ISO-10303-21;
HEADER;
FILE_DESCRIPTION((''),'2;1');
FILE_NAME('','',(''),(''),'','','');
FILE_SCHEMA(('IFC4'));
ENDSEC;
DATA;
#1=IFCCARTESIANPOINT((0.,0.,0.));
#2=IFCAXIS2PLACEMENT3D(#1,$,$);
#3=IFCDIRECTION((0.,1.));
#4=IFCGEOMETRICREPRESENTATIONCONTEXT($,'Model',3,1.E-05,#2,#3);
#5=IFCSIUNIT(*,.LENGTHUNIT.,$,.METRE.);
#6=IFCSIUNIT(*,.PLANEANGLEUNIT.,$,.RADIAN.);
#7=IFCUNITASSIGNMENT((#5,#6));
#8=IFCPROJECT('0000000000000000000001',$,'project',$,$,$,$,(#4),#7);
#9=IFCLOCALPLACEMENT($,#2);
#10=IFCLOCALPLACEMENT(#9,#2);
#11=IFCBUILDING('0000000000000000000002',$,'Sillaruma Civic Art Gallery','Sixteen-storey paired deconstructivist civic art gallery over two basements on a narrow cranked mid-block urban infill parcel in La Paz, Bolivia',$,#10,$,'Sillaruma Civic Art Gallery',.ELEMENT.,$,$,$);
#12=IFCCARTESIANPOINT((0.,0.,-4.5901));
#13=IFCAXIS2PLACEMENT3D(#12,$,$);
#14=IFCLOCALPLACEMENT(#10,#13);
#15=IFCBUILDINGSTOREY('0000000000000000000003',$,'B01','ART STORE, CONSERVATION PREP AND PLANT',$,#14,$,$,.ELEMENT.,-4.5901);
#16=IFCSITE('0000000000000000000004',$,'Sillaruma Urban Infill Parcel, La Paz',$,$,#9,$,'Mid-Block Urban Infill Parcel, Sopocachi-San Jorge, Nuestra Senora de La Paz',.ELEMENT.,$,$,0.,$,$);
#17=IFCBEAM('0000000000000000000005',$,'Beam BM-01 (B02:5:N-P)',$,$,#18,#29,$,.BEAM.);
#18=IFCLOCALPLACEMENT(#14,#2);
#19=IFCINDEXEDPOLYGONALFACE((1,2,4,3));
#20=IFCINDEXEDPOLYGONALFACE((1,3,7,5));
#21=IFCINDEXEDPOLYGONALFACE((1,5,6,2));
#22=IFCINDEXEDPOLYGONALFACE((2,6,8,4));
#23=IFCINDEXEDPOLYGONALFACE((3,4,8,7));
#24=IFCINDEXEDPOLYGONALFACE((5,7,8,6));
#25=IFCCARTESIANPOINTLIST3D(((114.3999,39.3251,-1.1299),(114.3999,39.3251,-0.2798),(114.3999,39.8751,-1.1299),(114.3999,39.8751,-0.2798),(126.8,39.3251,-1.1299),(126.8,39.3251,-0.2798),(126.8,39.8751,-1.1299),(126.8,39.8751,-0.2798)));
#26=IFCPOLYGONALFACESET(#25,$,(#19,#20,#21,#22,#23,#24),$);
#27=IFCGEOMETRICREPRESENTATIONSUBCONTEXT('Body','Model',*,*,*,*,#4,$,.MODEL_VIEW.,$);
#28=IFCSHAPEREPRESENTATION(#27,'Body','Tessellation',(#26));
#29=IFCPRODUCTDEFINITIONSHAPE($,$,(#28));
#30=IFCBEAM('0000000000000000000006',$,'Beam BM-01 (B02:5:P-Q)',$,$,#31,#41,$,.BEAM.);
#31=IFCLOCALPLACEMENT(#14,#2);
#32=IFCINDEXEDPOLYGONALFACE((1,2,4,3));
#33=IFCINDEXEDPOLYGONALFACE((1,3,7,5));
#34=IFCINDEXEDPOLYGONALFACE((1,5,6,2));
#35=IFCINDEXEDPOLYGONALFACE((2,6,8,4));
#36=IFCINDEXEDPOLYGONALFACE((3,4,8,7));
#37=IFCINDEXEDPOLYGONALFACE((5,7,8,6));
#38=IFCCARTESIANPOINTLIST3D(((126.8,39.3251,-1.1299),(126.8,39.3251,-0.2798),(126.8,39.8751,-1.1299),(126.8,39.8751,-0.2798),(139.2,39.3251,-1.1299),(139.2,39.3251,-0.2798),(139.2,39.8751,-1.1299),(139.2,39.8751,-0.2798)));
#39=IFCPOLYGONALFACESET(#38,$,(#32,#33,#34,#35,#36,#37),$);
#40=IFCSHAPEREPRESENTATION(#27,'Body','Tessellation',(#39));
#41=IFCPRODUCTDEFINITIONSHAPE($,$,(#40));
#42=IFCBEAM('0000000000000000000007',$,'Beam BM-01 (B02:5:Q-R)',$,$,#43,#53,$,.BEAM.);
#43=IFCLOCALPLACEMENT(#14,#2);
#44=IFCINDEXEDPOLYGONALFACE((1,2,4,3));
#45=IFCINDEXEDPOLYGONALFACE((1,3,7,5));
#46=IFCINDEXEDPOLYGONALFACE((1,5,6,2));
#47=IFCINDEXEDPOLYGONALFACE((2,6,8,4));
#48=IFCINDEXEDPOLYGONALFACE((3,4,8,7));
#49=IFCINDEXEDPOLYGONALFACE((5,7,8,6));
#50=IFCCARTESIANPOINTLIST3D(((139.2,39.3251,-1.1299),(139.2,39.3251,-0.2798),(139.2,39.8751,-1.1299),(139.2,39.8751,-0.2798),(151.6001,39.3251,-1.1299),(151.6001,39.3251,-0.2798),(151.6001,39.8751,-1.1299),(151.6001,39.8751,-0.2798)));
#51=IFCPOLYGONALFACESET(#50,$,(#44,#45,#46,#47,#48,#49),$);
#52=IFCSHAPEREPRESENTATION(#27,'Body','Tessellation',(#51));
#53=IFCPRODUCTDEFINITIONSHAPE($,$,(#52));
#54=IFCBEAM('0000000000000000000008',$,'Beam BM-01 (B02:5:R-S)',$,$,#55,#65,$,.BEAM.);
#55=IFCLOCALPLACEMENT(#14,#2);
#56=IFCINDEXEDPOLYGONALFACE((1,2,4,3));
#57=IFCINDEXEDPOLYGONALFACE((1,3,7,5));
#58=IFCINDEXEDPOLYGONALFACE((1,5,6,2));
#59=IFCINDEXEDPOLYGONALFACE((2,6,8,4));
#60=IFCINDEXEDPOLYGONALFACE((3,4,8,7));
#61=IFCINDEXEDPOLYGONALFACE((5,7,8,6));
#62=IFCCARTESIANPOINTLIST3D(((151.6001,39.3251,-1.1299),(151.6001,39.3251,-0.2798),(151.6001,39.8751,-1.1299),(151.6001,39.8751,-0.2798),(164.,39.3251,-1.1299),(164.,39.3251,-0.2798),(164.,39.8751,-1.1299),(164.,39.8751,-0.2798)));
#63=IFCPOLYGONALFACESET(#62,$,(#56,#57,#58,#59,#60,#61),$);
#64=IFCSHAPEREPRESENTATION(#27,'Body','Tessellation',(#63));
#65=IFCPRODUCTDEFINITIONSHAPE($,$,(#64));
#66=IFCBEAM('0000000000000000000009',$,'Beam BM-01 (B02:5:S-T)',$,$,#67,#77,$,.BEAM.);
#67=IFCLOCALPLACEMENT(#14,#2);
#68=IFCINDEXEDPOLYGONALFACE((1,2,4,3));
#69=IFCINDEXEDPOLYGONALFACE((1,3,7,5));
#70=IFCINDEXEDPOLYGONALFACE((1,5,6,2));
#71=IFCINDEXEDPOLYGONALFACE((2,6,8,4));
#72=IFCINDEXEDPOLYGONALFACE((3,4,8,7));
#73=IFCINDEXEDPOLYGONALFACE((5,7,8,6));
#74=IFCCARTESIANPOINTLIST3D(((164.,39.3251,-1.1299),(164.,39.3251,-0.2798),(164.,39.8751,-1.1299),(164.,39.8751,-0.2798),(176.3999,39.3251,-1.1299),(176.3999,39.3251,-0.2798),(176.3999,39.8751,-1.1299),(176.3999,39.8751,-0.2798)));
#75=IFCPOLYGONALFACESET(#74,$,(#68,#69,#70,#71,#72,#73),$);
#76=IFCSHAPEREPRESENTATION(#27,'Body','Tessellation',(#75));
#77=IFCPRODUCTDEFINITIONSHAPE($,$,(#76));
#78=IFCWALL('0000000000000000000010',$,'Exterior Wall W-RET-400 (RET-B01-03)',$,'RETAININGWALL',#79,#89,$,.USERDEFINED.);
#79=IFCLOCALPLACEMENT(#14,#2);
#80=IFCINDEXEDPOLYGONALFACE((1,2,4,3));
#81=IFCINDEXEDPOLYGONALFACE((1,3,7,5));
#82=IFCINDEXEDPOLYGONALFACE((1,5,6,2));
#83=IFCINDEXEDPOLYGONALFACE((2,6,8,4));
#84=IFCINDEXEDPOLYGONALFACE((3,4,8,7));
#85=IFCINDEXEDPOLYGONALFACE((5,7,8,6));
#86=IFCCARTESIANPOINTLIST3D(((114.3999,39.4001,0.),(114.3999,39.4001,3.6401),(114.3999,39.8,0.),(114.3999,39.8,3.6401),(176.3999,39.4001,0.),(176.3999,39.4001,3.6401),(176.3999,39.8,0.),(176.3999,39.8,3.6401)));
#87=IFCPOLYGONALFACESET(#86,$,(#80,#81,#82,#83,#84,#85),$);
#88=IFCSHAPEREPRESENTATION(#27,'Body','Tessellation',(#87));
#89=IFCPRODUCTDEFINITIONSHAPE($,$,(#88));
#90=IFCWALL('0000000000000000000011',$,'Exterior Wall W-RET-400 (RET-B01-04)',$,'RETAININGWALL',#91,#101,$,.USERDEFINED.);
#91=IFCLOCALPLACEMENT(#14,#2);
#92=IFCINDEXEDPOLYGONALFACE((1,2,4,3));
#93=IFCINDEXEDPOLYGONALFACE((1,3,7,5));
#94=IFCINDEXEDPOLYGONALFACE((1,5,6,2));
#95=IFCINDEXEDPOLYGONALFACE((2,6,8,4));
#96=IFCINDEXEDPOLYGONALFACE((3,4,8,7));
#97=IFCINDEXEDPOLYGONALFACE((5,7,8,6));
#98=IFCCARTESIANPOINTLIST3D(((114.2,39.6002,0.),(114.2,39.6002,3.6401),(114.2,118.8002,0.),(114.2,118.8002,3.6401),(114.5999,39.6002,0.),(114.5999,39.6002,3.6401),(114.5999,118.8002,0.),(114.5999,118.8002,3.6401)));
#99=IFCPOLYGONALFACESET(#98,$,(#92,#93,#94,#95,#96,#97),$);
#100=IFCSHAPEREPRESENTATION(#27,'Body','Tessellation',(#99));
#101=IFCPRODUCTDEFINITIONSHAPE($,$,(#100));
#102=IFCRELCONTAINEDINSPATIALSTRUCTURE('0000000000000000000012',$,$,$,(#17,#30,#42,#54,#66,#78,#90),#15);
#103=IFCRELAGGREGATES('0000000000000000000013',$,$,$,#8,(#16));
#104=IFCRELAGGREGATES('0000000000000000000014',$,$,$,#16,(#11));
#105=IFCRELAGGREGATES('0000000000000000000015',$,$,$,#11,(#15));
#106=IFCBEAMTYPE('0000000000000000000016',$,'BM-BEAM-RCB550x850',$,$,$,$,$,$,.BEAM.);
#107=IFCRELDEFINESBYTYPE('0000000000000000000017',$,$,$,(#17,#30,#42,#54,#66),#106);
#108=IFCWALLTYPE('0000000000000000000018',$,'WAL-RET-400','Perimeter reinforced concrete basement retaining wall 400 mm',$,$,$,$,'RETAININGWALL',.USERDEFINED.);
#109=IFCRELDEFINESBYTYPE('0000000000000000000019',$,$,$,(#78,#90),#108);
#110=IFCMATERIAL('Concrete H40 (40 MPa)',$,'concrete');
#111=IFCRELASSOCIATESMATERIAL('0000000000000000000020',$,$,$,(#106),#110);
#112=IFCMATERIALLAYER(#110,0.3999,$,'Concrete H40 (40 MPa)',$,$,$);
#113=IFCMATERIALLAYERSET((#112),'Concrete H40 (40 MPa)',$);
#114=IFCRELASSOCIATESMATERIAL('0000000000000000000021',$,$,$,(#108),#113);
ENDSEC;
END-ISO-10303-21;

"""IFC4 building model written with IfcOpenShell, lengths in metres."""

from ifc_helpers import new_model, si_unit, direction, frame, frame_2d, origin, origin_2d, place, context, subcontext, project, spatial, rectangle, extrude, material, layer, layer_set, material_profile, profile_set, type_object, element, save


model = new_model("IFC4")

# Units and contexts
model_context = context("Model", 3, precision=1e-05, world=origin(), true_north=direction((0.0, 1.0)))
body_context = subcontext(model_context, "Body", "Model", "MODEL_VIEW")
ifc_project = project(units=[si_unit("LENGTHUNIT", "METRE"), si_unit("PLANEANGLEUNIT", "RADIAN")], contexts=[model_context])

# Site, building, storey
site_placement = place(None, origin())
site = spatial("IfcSite", under=ifc_project, at=site_placement, Name="Sillaruma Urban Infill Parcel, La Paz", LongName="Mid-Block Urban Infill Parcel, Sopocachi-San Jorge, Nuestra Senora de La Paz", CompositionType="ELEMENT", RefElevation=0.0)
building_placement = place(site_placement, origin())
building = spatial("IfcBuilding", under=site, at=building_placement, Name="Sillaruma Civic Art Gallery", Description="Sixteen-storey paired deconstructivist civic art gallery over two basements on a narrow cranked mid-block urban infill parcel in La Paz, Bolivia", LongName="Sillaruma Civic Art Gallery", CompositionType="ELEMENT")
storey_placement = place(building_placement, frame((0.0, 0.0, -4.5901)))
storey = spatial("IfcBuildingStorey", under=building, at=storey_placement, Name="B01", Description="ART STORE, CONSERVATION PREP AND PLANT", CompositionType="ELEMENT", Elevation=-4.5901)

# Shared definitions
ifc_material = material(Name="Concrete H40 (40 MPa)", Category="concrete")

# Beams
ifc_material_profile_1 = material_profile(ifc_material, rectangle(XDim=0.55, YDim=0.8501, at=origin_2d()), Name="RCB550x850")
ifc_profile_set_1 = profile_set([ifc_material_profile_1], Name="Concrete H40 (40 MPa)")
beam_type_1 = type_object("IfcBeamType", Name="BM-BEAM-RCB550x850", PredefinedType="BEAM", material=ifc_profile_set_1)
beam_1_placement = place(storey_placement, frame((114.3999, 39.6001, -0.7048), z_axis=(1.0, 0.0, 0.0), x_axis=(0.0, 1.0, 0.0)))
element("IfcBeam", 1, at=beam_1_placement, inside=storey, type_object=beam_type_1, Name="Beam BM-01 (B02:5:N-P)", PredefinedType="BEAM", context=body_context, shape_type="SweptSolid", body=[
    extrude(rectangle(XDim=0.55, YDim=0.8501, at=origin_2d()), origin(), (0.0, 0.0, 1.0), 12.4001),
])
beam_2_placement = place(storey_placement, frame((126.8, 39.6001, -0.7048), z_axis=(1.0, 0.0, 0.0), x_axis=(0.0, 1.0, 0.0)))
element("IfcBeam", 2, at=beam_2_placement, inside=storey, type_object=beam_type_1, Name="Beam BM-01 (B02:5:P-Q)", PredefinedType="BEAM", context=body_context, shape_type="SweptSolid", body=[
    extrude(rectangle(XDim=0.55, YDim=0.8501, at=origin_2d()), origin(), (0.0, 0.0, 1.0), 12.3999),
])
beam_3_placement = place(storey_placement, frame((139.2, 39.6001, -0.7048), z_axis=(1.0, 0.0, 0.0), x_axis=(0.0, 1.0, 0.0)))
element("IfcBeam", 3, at=beam_3_placement, inside=storey, type_object=beam_type_1, Name="Beam BM-01 (B02:5:Q-R)", PredefinedType="BEAM", context=body_context, shape_type="SweptSolid", body=[
    extrude(rectangle(XDim=0.55, YDim=0.8501, at=origin_2d()), origin(), (0.0, 0.0, 1.0), 12.4001),
])
for number, where, z_axis, x_axis, name in (
    (4, (151.6001, 39.6001, -0.7048), (1.0, 0.0, 0.0), (0.0, 1.0, 0.0), "Beam BM-01 (B02:5:R-S)"),
    (5, (164.0, 39.6001, -0.7048), (1.0, 0.0, 0.0), (0.0, 1.0, 0.0), "Beam BM-01 (B02:5:S-T)"),
):
    element("IfcBeam", number, at=place(storey_placement, frame(where, z_axis=z_axis, x_axis=x_axis)), inside=storey, type_object=beam_type_1, Name=name, PredefinedType="BEAM", context=body_context, shape_type="SweptSolid", body=[
        extrude(rectangle(XDim=0.55, YDim=0.8501, at=origin_2d()), origin(), (0.0, 0.0, 1.0), 12.3999),
    ])

# Walls
ifc_layer = layer(ifc_material, 0.3999, Name="Concrete H40 (40 MPa)")
ifc_layer_set = layer_set([ifc_layer], Name="Concrete H40 (40 MPa)")
wall_type = type_object("IfcWallType", Name="WAL-RET-400", Description="Perimeter reinforced concrete basement retaining wall 400 mm", ElementType="RETAININGWALL", PredefinedType="USERDEFINED", material=ifc_layer_set)
wall_1_placement = place(storey_placement, frame((176.3999, 39.6001, 0.0), z_axis=(0.0, 0.0, 1.0), x_axis=(-1.0, 0.0, 0.0)))
element("IfcWall", 6, at=wall_1_placement, inside=storey, type_object=wall_type, Name="Exterior Wall W-RET-400 (RET-B01-03)", ObjectType="RETAININGWALL", PredefinedType="USERDEFINED", context=body_context, shape_type="SweptSolid", body=[
    extrude(rectangle(XDim=62.0, YDim=0.3999, at=frame_2d((31.0, 0.0))), origin(), (0.0, 0.0, 1.0), 3.6401),
])
wall_2_placement = place(storey_placement, frame((114.3999, 39.6001, 0.0), z_axis=(0.0, 0.0, 1.0), x_axis=(0.0, 1.0, 0.0)))
element("IfcWall", 7, at=wall_2_placement, inside=storey, type_object=wall_type, Name="Exterior Wall W-RET-400 (RET-B01-04)", ObjectType="RETAININGWALL", PredefinedType="USERDEFINED", context=body_context, shape_type="SweptSolid", body=[
    extrude(rectangle(XDim=79.2, YDim=0.3999, at=frame_2d((39.6001, 0.0))), origin(), (0.0, 0.0, 1.0), 3.6401),
])

save(model, "model.ifc")
